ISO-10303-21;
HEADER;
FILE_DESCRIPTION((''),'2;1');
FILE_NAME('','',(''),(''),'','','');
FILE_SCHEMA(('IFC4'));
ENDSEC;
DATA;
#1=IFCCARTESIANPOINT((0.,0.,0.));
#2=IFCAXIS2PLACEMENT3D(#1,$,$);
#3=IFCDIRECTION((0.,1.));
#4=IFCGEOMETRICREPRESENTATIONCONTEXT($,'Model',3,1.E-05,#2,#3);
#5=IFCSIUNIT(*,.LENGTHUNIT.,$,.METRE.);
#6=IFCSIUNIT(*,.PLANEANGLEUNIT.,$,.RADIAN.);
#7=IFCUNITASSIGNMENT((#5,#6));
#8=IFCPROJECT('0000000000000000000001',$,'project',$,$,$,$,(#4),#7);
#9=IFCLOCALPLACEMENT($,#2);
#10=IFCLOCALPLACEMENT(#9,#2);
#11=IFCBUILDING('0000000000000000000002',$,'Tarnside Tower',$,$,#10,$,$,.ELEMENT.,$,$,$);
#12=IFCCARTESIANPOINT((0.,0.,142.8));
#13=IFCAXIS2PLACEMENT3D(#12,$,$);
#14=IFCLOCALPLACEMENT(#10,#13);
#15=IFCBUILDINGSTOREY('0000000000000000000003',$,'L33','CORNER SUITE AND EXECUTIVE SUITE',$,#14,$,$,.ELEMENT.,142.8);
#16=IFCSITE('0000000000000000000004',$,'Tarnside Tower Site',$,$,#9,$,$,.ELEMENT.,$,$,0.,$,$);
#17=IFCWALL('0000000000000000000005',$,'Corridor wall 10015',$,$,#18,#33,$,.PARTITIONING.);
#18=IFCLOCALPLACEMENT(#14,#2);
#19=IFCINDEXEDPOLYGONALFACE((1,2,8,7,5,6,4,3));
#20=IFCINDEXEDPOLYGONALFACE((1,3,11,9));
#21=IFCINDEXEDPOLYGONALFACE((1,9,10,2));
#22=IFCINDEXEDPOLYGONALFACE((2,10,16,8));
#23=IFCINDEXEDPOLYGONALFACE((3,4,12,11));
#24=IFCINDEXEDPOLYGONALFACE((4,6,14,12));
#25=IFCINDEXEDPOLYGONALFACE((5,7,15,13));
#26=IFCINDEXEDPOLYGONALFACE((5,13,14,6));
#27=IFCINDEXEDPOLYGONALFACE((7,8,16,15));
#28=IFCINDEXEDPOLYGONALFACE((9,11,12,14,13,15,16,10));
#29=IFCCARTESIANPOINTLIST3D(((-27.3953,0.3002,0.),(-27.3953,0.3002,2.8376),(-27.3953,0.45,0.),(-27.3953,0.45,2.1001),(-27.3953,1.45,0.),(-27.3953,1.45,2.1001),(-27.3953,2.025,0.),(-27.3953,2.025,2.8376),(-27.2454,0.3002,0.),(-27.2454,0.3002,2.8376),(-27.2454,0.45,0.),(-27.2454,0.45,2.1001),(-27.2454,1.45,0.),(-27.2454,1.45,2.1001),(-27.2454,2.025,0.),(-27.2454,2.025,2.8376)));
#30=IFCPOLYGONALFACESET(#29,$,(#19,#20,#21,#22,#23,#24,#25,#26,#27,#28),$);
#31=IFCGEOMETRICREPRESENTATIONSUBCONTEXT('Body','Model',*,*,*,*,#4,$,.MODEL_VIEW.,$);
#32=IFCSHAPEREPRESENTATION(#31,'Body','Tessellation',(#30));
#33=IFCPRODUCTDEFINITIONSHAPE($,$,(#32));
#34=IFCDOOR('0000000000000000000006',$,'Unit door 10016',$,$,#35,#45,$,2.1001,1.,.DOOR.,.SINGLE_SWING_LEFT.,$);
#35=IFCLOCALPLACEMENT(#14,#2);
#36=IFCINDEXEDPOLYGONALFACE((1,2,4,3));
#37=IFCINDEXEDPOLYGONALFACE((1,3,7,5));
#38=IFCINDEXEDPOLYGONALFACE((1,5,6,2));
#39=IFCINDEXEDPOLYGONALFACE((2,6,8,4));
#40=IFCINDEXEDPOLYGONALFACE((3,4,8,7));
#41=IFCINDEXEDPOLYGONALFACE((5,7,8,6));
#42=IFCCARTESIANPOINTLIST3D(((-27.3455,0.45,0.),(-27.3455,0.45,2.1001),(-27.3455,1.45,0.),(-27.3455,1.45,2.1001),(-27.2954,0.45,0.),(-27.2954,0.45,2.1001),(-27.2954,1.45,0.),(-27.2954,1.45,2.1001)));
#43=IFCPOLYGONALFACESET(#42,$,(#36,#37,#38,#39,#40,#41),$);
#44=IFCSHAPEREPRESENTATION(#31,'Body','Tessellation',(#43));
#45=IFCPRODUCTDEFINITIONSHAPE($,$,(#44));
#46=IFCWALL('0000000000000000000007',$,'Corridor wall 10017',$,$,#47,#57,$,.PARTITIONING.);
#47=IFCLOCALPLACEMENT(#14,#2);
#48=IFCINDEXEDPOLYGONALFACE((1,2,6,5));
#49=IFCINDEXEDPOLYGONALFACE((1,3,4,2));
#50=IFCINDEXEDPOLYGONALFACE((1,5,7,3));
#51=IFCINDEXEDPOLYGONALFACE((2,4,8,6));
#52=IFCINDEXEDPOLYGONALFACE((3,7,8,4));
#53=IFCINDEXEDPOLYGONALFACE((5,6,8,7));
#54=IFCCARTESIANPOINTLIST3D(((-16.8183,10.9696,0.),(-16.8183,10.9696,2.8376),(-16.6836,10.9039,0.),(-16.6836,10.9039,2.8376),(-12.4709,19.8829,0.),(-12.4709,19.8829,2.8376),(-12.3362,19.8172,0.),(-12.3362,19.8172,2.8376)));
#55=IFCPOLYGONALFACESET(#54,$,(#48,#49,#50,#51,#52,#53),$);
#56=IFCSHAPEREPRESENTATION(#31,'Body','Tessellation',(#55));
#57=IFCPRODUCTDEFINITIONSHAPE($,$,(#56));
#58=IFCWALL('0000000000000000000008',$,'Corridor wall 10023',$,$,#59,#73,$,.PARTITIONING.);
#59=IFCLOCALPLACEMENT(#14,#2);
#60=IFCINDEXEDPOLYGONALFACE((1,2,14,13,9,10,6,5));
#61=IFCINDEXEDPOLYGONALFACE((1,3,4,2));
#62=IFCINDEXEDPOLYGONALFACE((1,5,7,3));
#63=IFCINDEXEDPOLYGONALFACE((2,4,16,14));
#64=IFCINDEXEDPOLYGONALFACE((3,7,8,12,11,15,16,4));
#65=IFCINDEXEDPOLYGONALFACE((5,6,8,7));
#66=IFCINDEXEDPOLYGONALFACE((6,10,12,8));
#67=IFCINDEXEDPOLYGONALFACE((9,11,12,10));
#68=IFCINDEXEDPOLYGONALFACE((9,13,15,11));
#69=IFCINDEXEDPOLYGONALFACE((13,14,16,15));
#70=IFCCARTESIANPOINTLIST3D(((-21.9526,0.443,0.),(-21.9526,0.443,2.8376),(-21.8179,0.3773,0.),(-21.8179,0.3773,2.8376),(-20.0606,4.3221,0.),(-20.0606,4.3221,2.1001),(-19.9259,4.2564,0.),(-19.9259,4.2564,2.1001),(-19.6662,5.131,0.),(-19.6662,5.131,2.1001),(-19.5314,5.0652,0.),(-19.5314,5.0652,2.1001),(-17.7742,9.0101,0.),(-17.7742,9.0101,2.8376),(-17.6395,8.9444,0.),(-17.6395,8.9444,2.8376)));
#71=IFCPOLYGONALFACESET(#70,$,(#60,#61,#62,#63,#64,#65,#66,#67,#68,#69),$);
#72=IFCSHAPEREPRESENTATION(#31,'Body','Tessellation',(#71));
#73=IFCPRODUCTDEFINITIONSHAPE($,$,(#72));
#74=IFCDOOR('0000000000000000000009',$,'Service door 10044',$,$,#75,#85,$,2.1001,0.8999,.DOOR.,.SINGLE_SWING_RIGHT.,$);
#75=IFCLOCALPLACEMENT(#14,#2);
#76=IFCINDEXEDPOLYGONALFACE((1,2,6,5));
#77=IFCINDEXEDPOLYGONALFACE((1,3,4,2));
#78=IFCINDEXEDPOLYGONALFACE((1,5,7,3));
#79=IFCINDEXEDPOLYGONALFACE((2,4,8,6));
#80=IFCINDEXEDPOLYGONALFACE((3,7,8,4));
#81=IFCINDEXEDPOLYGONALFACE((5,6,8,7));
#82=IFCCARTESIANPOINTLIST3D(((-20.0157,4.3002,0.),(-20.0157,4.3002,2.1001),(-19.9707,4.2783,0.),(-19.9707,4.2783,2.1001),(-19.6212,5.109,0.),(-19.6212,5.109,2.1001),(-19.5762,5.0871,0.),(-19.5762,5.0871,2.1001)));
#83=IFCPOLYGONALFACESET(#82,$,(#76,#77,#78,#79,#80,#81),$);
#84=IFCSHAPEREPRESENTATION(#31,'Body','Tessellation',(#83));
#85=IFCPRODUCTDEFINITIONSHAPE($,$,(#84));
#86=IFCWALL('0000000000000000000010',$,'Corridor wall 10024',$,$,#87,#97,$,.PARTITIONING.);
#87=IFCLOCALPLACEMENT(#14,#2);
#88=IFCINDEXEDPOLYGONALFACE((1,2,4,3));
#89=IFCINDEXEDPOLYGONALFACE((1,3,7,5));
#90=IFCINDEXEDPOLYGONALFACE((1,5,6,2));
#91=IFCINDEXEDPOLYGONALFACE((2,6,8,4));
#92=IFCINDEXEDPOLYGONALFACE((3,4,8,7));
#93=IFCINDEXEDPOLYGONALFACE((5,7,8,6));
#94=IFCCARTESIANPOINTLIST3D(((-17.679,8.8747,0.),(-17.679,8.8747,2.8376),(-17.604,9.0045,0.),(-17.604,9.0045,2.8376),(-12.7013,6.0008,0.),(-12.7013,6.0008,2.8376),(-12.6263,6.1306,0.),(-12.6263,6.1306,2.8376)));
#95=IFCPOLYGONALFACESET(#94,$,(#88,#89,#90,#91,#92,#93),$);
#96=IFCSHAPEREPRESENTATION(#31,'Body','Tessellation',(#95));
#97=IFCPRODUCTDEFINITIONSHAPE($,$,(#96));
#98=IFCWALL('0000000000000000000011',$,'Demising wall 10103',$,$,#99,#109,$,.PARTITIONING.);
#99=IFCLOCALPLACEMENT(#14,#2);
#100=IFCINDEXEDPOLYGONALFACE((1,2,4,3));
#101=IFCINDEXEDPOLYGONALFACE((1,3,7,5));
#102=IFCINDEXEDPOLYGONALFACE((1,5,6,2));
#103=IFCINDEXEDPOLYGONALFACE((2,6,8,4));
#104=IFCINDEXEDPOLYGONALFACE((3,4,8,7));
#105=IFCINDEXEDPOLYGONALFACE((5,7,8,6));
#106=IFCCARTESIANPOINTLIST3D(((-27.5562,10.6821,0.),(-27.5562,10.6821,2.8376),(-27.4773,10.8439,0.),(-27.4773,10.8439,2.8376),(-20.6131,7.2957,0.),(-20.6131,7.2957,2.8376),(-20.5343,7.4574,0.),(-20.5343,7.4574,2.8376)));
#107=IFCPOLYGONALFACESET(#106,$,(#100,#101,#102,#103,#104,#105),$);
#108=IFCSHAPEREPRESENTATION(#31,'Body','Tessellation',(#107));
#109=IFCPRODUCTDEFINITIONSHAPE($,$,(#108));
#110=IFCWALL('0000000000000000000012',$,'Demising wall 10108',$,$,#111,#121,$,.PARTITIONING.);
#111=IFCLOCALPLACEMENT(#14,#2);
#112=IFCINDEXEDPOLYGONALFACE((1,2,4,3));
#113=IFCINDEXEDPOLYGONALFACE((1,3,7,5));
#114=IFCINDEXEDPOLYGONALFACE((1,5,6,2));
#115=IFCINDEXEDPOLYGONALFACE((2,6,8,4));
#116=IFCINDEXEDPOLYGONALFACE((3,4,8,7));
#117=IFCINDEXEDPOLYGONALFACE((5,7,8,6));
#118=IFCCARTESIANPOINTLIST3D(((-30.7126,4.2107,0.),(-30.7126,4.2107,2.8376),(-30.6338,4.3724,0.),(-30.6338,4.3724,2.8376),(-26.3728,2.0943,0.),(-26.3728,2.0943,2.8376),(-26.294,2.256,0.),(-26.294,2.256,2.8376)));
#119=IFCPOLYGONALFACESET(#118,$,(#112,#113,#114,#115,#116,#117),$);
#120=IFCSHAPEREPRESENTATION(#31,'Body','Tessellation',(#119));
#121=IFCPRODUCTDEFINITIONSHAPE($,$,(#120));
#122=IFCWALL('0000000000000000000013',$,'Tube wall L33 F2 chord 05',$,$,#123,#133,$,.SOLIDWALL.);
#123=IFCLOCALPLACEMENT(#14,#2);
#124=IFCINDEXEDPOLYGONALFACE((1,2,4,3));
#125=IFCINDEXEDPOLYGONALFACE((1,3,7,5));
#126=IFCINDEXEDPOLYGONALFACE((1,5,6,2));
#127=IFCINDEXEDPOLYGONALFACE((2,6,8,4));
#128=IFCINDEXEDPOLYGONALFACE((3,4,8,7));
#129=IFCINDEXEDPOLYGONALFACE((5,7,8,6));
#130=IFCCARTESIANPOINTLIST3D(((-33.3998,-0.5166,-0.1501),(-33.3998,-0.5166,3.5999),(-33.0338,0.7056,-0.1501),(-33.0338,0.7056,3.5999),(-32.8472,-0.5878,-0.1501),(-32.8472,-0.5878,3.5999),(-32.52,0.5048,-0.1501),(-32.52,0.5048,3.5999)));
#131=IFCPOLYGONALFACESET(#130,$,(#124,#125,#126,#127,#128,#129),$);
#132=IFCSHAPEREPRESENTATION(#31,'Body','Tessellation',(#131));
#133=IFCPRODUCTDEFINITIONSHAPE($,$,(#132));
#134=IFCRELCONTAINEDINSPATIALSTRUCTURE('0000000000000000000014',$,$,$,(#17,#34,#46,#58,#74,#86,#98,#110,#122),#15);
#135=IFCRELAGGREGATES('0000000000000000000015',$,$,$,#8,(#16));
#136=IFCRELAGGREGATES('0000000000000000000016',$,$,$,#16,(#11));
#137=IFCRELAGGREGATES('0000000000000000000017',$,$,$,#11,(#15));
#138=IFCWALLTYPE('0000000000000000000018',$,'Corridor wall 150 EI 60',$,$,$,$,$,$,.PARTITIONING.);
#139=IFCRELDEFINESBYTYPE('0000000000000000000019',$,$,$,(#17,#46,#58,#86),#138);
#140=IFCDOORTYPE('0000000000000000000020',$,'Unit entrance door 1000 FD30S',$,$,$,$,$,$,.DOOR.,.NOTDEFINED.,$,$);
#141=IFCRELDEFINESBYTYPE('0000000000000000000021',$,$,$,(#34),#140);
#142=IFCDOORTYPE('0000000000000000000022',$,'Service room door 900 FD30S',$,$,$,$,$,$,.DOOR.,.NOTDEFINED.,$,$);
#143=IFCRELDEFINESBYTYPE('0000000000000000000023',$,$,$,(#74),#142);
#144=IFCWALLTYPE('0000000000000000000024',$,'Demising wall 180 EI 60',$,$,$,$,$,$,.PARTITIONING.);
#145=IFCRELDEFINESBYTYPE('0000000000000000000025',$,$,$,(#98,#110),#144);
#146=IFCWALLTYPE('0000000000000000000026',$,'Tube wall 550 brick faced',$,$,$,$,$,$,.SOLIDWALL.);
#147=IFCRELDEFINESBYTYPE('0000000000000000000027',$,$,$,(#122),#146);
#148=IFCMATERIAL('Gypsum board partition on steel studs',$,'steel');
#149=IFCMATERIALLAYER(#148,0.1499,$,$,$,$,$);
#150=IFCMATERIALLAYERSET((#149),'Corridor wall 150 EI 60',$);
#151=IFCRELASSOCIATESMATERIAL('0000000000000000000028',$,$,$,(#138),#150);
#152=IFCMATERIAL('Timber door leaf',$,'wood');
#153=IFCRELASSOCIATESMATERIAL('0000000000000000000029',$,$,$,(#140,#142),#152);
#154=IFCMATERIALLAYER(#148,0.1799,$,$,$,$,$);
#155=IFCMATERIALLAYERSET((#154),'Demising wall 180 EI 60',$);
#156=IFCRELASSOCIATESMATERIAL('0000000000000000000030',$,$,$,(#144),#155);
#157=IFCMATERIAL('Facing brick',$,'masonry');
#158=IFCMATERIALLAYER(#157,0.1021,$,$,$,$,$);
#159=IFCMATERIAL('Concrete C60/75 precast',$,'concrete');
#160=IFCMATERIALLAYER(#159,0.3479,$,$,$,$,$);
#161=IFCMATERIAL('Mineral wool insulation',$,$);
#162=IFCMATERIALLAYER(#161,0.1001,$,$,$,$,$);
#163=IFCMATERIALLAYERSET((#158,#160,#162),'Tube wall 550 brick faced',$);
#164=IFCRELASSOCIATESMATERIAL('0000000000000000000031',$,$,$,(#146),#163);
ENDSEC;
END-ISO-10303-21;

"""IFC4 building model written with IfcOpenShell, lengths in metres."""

from ifc_helpers import new_model, si_unit, direction, frame, frame_2d, origin, place, context, subcontext, project, spatial, polyline, rectangle, outline, extrude, material, layer, layer_set, type_object, element, fill, save


model = new_model("IFC4")

# Units and contexts
model_context = context("Model", 3, precision=1e-05, world=origin(), true_north=direction((0.0, 1.0)))
body_context = subcontext(model_context, "Body", "Model", "MODEL_VIEW")
ifc_project = project(units=[si_unit("LENGTHUNIT", "METRE"), si_unit("PLANEANGLEUNIT", "RADIAN")], contexts=[model_context])

# Site, building, storey
site_placement = place(None, origin())
site = spatial("IfcSite", under=ifc_project, at=site_placement, Name="Tarnside Tower Site", CompositionType="ELEMENT", RefElevation=0.0)
building_placement = place(site_placement, origin())
building = spatial("IfcBuilding", under=site, at=building_placement, Name="Tarnside Tower", CompositionType="ELEMENT")
storey_placement = place(building_placement, frame((0.0, 0.0, 142.8)))
storey = spatial("IfcBuildingStorey", under=building, at=storey_placement, Name="L33", Description="CORNER SUITE AND EXECUTIVE SUITE", CompositionType="ELEMENT", Elevation=142.8)

# Shared definitions
ifc_material_1 = material(Name="Gypsum board partition on steel studs", Category="steel")
ifc_material_2 = material(Name="Timber door leaf", Category="wood")

# Shared definitions
ifc_layer_1 = layer(ifc_material_1, 0.1499)
ifc_layer_set_1 = layer_set([ifc_layer_1], Name="Corridor wall 150 EI 60")
wall_type_1 = type_object("IfcWallType", Name="Corridor wall 150 EI 60", PredefinedType="PARTITIONING", material=ifc_layer_set_1)

# Wall, opening, door
wall_1_placement = place(storey_placement, frame((-27.3203, 2.0249, 0.0), z_axis=(0.0, 0.0, 1.0), x_axis=(0.0, -1.0, 0.0)))
wall_1 = element("IfcWall", 1, at=wall_1_placement, inside=storey, type_object=wall_type_1, Name="Corridor wall 10015", PredefinedType="PARTITIONING", context=body_context, shape_type="SweptSolid", body=[
    extrude(rectangle(XDim=1.7249, YDim=0.1499, at=frame_2d((0.8623, 0.0))), origin(), (0.0, 0.0, 1.0), 2.8376),
])
opening_1_placement = place(wall_1_placement, frame((0.575, 0.0, 0.0)))
opening_1 = element("IfcOpeningElement", 2, at=opening_1_placement, cuts=wall_1, PredefinedType="OPENING", context=body_context, shape_type="SweptSolid", body=[
    extrude(rectangle(XDim=1.0, YDim=2.1001, at=frame_2d((0.5, 1.05))), frame((0.0, 0.085, 0.0), z_axis=(0.0, -1.0, 0.0), x_axis=(1.0, 0.0, 0.0)), (0.0, 0.0, 1.0), 0.1699),
])
door_type_1 = type_object("IfcDoorType", Name="Unit entrance door 1000 FD30S", OperationType="NOTDEFINED", PredefinedType="DOOR", material=ifc_material_2)
door_1_placement = place(opening_1_placement, origin())
door_1 = element("IfcDoor", 3, at=door_1_placement, inside=storey, type_object=door_type_1, Name="Unit door 10016", OperationType="SINGLE_SWING_LEFT", OverallHeight=2.1001, OverallWidth=1.0, PredefinedType="DOOR", context=body_context, shape_type="SweptSolid", body=[
    extrude(rectangle(XDim=1.0, YDim=2.1001, at=frame_2d((0.5, 1.05))), frame((0.0, 0.0249, 0.0), z_axis=(0.0, -1.0, 0.0), x_axis=(1.0, 0.0, 0.0)), (0.0, 0.0, 1.0), 0.05),
])
fill(opening_1, door_1)

# Wall
wall_2_placement = place(storey_placement, frame((-16.751, 10.9368, 0.0), z_axis=(0.0, 0.0, 1.0), x_axis=(0.438379, 0.89879, 0.0)))
element("IfcWall", 4, at=wall_2_placement, inside=storey, type_object=wall_type_1, Name="Corridor wall 10017", PredefinedType="PARTITIONING", context=body_context, shape_type="SweptSolid", body=[
    extrude(rectangle(XDim=9.917, YDim=0.1499, at=frame_2d((4.9585, 0.0))), origin(), (0.0, 0.0, 1.0), 2.8376),
])

# Wall, opening, door
wall_3_placement = place(storey_placement, frame((-21.8853, 0.4102, 0.0), z_axis=(0.0, 0.0, 1.0), x_axis=(0.438371, 0.898794, 0.0)))
wall_3 = element("IfcWall", 5, at=wall_3_placement, inside=storey, type_object=wall_type_1, Name="Corridor wall 10023", PredefinedType="PARTITIONING", context=body_context, shape_type="SweptSolid", body=[
    extrude(rectangle(XDim=9.5317, YDim=0.1499, at=frame_2d((4.7659, 0.0))), origin(), (0.0, 0.0, 1.0), 2.8376),
])
opening_2_placement = place(wall_3_placement, frame((4.3159, 0.0, 0.0)))
opening_2 = element("IfcOpeningElement", 6, at=opening_2_placement, cuts=wall_3, PredefinedType="OPENING", context=body_context, shape_type="SweptSolid", body=[
    extrude(rectangle(XDim=0.8999, YDim=2.1001, at=frame_2d((0.45, 1.05))), frame((0.0, 0.085, 0.0), z_axis=(0.0, -1.0, 0.0), x_axis=(1.0, 0.0, 0.0)), (0.0, 0.0, 1.0), 0.1699),
])
door_type_2 = type_object("IfcDoorType", Name="Service room door 900 FD30S", OperationType="NOTDEFINED", PredefinedType="DOOR", material=ifc_material_2)
door_2_placement = place(opening_2_placement, origin())
door_2 = element("IfcDoor", 7, at=door_2_placement, inside=storey, type_object=door_type_2, Name="Service door 10044", OperationType="SINGLE_SWING_RIGHT", OverallHeight=2.1001, OverallWidth=0.8999, PredefinedType="DOOR", context=body_context, shape_type="SweptSolid", body=[
    extrude(rectangle(XDim=0.8999, YDim=2.1001, at=frame_2d((0.45, 1.05))), frame((0.0, 0.0249, 0.0), z_axis=(0.0, -1.0, 0.0), x_axis=(1.0, 0.0, 0.0)), (0.0, 0.0, 1.0), 0.05),
])
fill(opening_2, door_2)

# Walls
wall_4_placement = place(storey_placement, frame((-17.6416, 8.9397, 0.0), z_axis=(0.0, 0.0, 1.0), x_axis=(0.866018, -0.500013, 0.0)))
element("IfcWall", 8, at=wall_4_placement, inside=storey, type_object=wall_type_1, Name="Corridor wall 10024", PredefinedType="PARTITIONING", context=body_context, shape_type="SweptSolid", body=[
    extrude(rectangle(XDim=5.7478, YDim=0.1499, at=frame_2d((2.874, 0.0))), origin(), (0.0, 0.0, 1.0), 2.8376),
])
ifc_layer_2 = layer(ifc_material_1, 0.1799)
ifc_layer_set_2 = layer_set([ifc_layer_2], Name="Demising wall 180 EI 60")
wall_type_2 = type_object("IfcWallType", Name="Demising wall 180 EI 60", PredefinedType="PARTITIONING", material=ifc_layer_set_2)
wall_5_placement = place(storey_placement, frame((-27.5166, 10.7629, 0.0), z_axis=(0.0, 0.0, 1.0), x_axis=(0.898789, -0.438381, 0.0)))
element("IfcWall", 9, at=wall_5_placement, inside=storey, type_object=wall_type_2, Name="Demising wall 10103", PredefinedType="PARTITIONING", context=body_context, shape_type="SweptSolid", body=[
    extrude(rectangle(XDim=7.7249, YDim=0.1799, at=frame_2d((3.8623, 0.0))), origin(), (0.0, 0.0, 1.0), 2.8376),
])
wall_6_placement = place(storey_placement, frame((-30.6731, 4.2915, 0.0), z_axis=(0.0, 0.0, 1.0), x_axis=(0.898813, -0.438333, 0.0)))
element("IfcWall", 10, at=wall_6_placement, inside=storey, type_object=wall_type_2, Name="Demising wall 10108", PredefinedType="PARTITIONING", context=body_context, shape_type="SweptSolid", body=[
    extrude(rectangle(XDim=4.8284, YDim=0.1799, at=frame_2d((2.4141, 0.0))), origin(), (0.0, 0.0, 1.0), 2.8376),
])
ifc_material_3 = material(Name="Facing brick", Category="masonry")
ifc_layer_3 = layer(ifc_material_3, 0.1021)
ifc_material_4 = material(Name="Concrete C60/75 precast", Category="concrete")
ifc_layer_4 = layer(ifc_material_4, 0.3479)
ifc_material_5 = material(Name="Mineral wool insulation")
ifc_layer_5 = layer(ifc_material_5, 0.1001)
ifc_layer_set_3 = layer_set([ifc_layer_3, ifc_layer_4, ifc_layer_5], Name="Tube wall 550 brick faced")
wall_type_3 = type_object("IfcWallType", Name="Tube wall 550 brick faced", PredefinedType="SOLIDWALL", material=ifc_layer_set_3)
wall_7_placement = place(storey_placement, frame((-32.7769, 0.6052, -0.1501), z_axis=(0.0, 0.0, 1.0), x_axis=(-0.286921, -0.957954, 0.0)))
element("IfcWall", 11, at=wall_7_placement, inside=storey, type_object=wall_type_3, Name="Tube wall L33 F2 chord 05", PredefinedType="SOLIDWALL", context=body_context, shape_type="SweptSolid", body=[
    extrude(outline(polyline([(-0.0225, -0.2749), (1.2534, -0.2749), (1.1631, 0.2749), (0.0225, 0.2749), (-0.0225, -0.2749)])), origin(), (0.0, 0.0, 1.0), 3.75),
])

save(model, "model.ifc")
